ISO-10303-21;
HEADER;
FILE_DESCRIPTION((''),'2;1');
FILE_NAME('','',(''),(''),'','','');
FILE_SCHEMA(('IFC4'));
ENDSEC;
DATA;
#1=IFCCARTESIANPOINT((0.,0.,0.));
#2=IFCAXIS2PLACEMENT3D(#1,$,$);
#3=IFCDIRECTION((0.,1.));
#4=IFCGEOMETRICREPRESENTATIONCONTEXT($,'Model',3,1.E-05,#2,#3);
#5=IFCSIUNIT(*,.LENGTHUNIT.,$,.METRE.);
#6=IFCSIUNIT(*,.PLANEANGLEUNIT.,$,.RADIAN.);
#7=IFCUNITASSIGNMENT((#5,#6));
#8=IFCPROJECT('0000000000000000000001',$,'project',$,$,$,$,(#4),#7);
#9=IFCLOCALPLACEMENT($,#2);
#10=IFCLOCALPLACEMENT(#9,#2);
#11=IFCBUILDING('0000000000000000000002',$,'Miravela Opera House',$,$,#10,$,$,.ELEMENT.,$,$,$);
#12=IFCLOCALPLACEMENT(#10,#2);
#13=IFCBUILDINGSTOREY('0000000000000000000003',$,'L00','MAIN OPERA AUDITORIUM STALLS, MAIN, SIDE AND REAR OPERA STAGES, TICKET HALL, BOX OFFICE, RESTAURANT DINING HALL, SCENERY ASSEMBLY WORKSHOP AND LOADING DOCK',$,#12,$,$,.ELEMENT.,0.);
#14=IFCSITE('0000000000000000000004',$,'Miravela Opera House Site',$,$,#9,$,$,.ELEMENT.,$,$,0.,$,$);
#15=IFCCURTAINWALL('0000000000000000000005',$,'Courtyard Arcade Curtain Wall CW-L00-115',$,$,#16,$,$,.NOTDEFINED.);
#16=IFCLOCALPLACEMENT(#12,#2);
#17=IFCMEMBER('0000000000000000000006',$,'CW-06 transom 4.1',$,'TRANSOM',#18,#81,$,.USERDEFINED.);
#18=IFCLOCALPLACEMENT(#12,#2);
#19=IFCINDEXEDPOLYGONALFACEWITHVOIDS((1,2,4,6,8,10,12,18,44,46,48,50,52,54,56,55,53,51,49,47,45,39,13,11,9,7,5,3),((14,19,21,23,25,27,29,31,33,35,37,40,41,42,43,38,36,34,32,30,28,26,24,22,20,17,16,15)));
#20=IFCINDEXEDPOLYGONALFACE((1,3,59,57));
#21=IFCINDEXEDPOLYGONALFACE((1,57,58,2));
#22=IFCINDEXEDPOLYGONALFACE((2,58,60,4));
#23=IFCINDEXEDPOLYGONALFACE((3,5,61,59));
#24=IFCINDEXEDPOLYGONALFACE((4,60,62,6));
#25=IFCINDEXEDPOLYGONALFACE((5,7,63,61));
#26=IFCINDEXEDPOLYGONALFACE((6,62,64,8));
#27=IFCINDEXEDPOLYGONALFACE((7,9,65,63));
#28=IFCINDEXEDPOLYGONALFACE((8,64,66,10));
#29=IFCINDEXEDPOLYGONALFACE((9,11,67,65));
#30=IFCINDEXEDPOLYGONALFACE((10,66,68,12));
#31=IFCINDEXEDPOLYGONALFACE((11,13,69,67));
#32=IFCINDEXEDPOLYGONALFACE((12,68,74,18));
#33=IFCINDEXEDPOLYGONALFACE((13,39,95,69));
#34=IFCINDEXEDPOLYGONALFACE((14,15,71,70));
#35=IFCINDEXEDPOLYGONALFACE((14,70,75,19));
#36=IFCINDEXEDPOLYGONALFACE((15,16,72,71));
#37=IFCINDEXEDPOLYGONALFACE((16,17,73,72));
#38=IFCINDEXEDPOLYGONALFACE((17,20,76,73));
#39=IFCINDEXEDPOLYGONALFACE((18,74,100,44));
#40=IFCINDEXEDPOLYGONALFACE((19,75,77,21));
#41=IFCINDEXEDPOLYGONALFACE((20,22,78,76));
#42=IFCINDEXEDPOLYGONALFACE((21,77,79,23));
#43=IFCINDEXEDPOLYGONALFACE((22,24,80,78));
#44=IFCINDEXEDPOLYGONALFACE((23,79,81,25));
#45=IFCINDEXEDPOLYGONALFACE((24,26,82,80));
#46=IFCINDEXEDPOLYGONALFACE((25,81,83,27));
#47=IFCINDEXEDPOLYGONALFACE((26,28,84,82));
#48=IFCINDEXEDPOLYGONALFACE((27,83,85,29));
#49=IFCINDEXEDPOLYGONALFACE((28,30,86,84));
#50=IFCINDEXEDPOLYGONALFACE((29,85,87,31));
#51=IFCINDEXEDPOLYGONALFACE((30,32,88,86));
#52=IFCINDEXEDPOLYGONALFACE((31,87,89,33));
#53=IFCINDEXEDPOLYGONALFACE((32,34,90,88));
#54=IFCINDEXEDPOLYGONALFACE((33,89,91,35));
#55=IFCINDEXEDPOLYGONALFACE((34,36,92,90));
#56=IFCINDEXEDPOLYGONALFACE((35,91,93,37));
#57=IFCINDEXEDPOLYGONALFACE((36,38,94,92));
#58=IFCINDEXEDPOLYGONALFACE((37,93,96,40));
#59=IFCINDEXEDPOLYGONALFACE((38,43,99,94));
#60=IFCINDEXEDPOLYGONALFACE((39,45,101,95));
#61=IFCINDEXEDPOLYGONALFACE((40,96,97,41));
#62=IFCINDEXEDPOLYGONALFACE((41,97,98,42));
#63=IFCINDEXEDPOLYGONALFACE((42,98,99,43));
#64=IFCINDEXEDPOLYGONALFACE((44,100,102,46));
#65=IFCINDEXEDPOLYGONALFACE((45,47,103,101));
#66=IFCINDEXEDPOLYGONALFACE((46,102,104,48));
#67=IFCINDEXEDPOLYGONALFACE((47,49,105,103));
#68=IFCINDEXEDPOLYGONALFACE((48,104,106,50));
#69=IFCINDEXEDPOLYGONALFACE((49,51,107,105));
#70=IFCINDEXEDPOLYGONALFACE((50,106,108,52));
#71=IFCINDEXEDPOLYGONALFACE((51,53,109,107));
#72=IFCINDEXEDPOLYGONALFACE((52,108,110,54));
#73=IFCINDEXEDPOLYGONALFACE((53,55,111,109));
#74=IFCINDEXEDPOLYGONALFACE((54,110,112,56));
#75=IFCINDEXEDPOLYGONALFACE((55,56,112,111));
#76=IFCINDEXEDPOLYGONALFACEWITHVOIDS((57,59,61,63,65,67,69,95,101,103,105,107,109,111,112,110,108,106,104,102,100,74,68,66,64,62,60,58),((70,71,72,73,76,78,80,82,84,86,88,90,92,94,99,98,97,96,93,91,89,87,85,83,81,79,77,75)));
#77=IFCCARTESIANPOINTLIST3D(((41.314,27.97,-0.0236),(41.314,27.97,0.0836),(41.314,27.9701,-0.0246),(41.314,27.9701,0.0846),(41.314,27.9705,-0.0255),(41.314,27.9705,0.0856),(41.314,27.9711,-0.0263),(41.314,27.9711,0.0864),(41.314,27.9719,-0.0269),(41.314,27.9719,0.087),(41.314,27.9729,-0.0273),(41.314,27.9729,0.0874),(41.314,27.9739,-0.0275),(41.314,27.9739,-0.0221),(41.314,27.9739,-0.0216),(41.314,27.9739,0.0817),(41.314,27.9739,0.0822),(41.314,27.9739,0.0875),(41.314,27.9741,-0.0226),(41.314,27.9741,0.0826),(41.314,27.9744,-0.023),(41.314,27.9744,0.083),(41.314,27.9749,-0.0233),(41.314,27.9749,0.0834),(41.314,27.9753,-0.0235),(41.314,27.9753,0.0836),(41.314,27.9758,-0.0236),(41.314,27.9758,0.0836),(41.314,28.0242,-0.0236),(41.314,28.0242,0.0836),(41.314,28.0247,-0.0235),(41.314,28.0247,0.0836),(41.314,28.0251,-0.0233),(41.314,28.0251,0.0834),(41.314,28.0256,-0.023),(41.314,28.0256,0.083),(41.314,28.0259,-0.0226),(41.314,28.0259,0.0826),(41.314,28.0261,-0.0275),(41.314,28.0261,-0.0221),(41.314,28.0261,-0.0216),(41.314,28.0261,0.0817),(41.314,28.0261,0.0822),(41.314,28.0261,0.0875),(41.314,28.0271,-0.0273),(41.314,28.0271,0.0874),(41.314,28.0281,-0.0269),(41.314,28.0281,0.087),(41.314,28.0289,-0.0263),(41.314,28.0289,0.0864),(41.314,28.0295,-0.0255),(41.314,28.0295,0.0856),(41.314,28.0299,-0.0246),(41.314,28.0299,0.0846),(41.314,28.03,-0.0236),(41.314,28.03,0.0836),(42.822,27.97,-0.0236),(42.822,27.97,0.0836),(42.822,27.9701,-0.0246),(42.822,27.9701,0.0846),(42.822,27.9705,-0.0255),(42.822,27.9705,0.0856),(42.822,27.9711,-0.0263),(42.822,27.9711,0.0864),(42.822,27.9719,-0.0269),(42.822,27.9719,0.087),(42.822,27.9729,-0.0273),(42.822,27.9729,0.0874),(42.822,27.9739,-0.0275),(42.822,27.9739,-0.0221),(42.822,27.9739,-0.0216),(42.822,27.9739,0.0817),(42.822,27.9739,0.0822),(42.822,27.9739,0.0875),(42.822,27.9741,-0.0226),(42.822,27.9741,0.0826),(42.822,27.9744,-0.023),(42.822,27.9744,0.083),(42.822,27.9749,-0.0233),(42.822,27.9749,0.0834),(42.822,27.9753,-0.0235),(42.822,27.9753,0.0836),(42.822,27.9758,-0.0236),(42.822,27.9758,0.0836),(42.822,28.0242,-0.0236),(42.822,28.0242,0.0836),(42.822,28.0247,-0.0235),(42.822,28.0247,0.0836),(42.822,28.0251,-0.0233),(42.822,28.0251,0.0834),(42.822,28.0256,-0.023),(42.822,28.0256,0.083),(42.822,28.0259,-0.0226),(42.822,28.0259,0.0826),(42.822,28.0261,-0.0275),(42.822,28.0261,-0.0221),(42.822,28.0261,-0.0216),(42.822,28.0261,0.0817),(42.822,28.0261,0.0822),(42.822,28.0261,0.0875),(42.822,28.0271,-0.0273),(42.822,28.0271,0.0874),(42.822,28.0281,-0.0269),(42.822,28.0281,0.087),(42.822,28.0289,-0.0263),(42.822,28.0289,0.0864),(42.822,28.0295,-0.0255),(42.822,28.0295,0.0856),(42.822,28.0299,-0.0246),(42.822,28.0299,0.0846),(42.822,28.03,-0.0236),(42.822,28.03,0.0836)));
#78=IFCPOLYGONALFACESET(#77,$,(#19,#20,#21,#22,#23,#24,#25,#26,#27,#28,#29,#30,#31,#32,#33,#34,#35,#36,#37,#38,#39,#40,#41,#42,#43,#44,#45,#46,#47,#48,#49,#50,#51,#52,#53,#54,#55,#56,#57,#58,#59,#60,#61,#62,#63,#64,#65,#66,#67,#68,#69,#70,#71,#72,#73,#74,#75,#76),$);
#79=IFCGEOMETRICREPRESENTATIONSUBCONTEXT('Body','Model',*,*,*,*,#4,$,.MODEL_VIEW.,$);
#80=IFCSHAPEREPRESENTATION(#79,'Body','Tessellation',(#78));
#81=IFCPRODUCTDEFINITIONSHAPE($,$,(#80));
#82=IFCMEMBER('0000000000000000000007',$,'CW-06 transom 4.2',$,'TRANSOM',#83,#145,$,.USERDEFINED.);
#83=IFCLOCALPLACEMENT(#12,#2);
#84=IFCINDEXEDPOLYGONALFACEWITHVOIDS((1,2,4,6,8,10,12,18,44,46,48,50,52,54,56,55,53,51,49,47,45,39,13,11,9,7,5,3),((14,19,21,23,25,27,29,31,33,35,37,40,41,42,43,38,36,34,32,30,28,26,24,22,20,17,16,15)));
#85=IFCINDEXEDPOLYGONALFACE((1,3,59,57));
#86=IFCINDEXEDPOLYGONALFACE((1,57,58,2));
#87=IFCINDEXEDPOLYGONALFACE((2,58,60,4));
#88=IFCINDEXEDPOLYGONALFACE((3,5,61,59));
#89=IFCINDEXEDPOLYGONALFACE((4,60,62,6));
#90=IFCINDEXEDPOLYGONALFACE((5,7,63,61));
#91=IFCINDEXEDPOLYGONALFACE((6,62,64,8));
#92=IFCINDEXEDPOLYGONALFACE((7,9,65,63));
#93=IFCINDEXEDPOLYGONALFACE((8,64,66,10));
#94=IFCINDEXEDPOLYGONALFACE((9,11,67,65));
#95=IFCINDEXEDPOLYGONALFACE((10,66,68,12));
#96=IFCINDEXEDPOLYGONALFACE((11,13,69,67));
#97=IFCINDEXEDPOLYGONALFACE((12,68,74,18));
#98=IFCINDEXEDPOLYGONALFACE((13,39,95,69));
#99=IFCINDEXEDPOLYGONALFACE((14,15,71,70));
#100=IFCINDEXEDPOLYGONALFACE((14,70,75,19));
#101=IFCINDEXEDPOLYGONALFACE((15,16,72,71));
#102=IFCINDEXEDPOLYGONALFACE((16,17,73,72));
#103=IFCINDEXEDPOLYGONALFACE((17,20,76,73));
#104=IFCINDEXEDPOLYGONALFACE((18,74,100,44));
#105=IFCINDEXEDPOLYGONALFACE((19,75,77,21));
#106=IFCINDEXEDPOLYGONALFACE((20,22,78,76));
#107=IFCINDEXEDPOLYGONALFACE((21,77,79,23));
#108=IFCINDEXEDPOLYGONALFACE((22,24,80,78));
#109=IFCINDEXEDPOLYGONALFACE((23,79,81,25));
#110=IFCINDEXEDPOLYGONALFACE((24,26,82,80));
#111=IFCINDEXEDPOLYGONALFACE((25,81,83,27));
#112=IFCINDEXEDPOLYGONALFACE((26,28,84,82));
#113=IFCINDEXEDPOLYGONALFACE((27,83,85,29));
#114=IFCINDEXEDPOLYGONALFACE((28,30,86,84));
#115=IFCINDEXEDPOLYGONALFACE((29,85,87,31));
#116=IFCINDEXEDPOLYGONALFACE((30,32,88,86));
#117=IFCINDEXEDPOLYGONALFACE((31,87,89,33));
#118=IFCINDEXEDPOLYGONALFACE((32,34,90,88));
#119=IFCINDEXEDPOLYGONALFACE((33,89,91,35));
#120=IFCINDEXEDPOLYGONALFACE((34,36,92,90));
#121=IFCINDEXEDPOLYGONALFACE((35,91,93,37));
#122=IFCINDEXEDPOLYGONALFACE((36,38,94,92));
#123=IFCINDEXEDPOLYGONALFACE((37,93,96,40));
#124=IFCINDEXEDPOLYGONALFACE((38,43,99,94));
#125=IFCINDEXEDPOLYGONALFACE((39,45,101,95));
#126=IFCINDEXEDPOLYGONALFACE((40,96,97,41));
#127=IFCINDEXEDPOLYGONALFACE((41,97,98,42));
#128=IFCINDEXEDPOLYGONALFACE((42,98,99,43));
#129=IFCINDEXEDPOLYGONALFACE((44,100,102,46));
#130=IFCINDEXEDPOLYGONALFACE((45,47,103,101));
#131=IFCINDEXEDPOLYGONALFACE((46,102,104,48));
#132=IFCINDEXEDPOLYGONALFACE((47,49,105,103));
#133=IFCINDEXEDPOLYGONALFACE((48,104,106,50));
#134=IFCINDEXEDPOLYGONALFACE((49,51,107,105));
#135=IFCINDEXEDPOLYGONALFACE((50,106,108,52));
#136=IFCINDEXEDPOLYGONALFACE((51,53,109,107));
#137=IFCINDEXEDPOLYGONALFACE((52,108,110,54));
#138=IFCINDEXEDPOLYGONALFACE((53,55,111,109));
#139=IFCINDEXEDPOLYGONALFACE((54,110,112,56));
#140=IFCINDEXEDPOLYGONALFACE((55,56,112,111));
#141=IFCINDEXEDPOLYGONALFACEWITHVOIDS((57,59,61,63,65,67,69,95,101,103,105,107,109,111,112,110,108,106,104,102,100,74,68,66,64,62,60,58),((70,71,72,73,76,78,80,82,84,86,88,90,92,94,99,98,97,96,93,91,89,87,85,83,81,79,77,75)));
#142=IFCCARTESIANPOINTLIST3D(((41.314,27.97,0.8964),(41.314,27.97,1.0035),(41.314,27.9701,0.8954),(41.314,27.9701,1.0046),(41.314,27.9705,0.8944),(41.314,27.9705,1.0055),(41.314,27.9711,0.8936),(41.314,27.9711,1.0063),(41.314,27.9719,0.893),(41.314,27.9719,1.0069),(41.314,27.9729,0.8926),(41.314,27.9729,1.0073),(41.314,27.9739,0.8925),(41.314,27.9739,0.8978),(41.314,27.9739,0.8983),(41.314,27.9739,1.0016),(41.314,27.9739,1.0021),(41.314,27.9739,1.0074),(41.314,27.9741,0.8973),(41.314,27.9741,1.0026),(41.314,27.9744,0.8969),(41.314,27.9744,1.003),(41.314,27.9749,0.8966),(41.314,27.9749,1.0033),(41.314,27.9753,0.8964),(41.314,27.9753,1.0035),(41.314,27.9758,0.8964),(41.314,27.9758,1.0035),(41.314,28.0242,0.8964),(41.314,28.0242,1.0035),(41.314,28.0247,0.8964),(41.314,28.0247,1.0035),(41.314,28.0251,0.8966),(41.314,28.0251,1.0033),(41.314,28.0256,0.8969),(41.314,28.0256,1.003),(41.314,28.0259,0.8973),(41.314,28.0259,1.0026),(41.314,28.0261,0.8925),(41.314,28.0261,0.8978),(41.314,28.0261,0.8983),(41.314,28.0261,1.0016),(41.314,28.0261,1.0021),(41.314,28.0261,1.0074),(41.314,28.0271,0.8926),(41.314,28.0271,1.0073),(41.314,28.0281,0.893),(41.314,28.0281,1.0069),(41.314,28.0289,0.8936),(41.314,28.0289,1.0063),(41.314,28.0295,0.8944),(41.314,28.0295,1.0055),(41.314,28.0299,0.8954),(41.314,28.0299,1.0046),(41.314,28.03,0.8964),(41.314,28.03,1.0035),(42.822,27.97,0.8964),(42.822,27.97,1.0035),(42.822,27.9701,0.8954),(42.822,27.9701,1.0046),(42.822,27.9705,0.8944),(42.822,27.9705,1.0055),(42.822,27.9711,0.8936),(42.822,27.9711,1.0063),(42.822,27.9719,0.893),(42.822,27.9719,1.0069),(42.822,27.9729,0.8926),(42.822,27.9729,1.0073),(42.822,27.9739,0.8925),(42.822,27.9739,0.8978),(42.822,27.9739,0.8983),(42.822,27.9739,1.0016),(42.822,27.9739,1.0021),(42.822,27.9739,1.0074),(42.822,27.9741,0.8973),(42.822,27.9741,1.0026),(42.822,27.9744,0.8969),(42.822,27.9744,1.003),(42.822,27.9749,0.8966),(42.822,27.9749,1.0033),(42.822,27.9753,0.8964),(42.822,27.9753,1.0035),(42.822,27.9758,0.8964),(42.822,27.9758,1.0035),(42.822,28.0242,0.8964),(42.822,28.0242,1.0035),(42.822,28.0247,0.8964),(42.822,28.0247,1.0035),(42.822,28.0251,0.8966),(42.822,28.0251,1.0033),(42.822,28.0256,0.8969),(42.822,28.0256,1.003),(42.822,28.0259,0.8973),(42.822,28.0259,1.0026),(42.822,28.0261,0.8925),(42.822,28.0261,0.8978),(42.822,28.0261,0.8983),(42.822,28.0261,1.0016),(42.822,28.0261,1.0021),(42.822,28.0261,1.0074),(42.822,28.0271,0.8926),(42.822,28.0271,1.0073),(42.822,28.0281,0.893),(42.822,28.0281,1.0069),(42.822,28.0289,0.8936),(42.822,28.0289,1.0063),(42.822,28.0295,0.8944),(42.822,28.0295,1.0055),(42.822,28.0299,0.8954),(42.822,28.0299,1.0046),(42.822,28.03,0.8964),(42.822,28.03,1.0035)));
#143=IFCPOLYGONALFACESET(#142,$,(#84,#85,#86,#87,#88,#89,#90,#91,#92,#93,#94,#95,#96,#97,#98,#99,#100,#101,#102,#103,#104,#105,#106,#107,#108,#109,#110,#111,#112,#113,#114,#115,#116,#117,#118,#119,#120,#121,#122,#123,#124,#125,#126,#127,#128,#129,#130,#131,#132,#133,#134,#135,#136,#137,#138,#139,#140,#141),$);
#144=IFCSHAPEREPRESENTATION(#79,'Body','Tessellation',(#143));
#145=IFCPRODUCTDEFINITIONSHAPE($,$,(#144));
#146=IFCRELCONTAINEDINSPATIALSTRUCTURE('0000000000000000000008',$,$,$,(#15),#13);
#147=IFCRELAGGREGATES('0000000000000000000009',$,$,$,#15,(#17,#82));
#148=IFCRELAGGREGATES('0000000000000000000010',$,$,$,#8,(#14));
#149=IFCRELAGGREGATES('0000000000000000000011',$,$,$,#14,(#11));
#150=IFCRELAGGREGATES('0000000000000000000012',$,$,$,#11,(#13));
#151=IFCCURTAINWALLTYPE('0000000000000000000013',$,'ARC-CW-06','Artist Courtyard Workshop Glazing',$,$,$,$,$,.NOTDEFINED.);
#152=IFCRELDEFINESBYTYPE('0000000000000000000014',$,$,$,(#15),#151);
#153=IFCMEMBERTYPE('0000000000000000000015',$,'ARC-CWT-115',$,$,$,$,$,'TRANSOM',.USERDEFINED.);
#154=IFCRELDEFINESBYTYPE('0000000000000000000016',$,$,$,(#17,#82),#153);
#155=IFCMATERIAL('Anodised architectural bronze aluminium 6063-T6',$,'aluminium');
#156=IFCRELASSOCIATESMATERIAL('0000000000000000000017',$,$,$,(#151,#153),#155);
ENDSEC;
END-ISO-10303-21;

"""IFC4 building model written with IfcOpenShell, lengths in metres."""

from ifc_helpers import new_model, si_unit, direction, frame, origin, origin_2d, place, context, subcontext, project, spatial, hollow_rectangle, extrude, material, material_profile, profile_set, type_object, element, aggregate, save


model = new_model("IFC4")

# Units and contexts
model_context = context("Model", 3, precision=1e-05, world=origin(), true_north=direction((0.0, 1.0)))
body_context = subcontext(model_context, "Body", "Model", "MODEL_VIEW")
ifc_project = project(units=[si_unit("LENGTHUNIT", "METRE"), si_unit("PLANEANGLEUNIT", "RADIAN")], contexts=[model_context])

# Site, building, storey
site_placement = place(None, origin())
site = spatial("IfcSite", under=ifc_project, at=site_placement, Name="Miravela Opera House Site", CompositionType="ELEMENT", RefElevation=0.0)
building_placement = place(site_placement, origin())
building = spatial("IfcBuilding", under=site, at=building_placement, Name="Miravela Opera House", CompositionType="ELEMENT")
storey_placement = place(building_placement, origin())
storey = spatial("IfcBuildingStorey", under=building, at=storey_placement, Name="L00", Description="MAIN OPERA AUDITORIUM STALLS, MAIN, SIDE AND REAR OPERA STAGES, TICKET HALL, BOX OFFICE, RESTAURANT DINING HALL, SCENERY ASSEMBLY WORKSHOP AND LOADING DOCK", CompositionType="ELEMENT", Elevation=0.0)

# Curtain wall, members
ifc_material_1 = material(Name="Anodised architectural bronze aluminium 6063-T6", Category="aluminium")
curtain_wall_type = type_object("IfcCurtainWallType", Name="ARC-CW-06", Description="Artist Courtyard Workshop Glazing", PredefinedType="NOTDEFINED", material=ifc_material_1)
curtain_wall_placement = place(storey_placement, origin())
curtain_wall = element("IfcCurtainWall", 1, at=curtain_wall_placement, inside=storey, type_object=curtain_wall_type, Name="Courtyard Arcade Curtain Wall CW-L00-115", PredefinedType="NOTDEFINED")
ifc_material_profile_1 = material_profile(ifc_material_1, hollow_rectangle(XDim=0.0601, YDim=0.115, WallThickness=0.0039, InnerFilletRadius=0.002, OuterFilletRadius=0.0039, at=origin_2d()), Name="CWT-60X115")
ifc_profile_set_1 = profile_set([ifc_material_profile_1])
member_type_1 = type_object("IfcMemberType", Name="ARC-CWT-115", ElementType="TRANSOM", PredefinedType="USERDEFINED", material=ifc_profile_set_1)
member_1_placement = place(storey_placement, frame((41.314, 28.0, 0.03), z_axis=(1.0, 0.0, 0.0), x_axis=(0.0, 1.0, 0.0)))
member_1 = element("IfcMember", 2, at=member_1_placement, type_object=member_type_1, Name="CW-06 transom 4.1", ObjectType="TRANSOM", PredefinedType="USERDEFINED", context=body_context, shape_type="SweptSolid", body=[
    extrude(hollow_rectangle(XDim=0.0601, YDim=0.115, WallThickness=0.0039, InnerFilletRadius=0.002, OuterFilletRadius=0.0039, at=origin_2d()), origin(), (0.0, 0.0, 1.0), 1.5081),
])
member_2_placement = place(storey_placement, frame((41.314, 28.0, 0.95), z_axis=(1.0, 0.0, 0.0), x_axis=(0.0, 1.0, 0.0)))
member_2 = element("IfcMember", 3, at=member_2_placement, type_object=member_type_1, Name="CW-06 transom 4.2", ObjectType="TRANSOM", PredefinedType="USERDEFINED", context=body_context, shape_type="SweptSolid", body=[
    extrude(hollow_rectangle(XDim=0.0601, YDim=0.115, WallThickness=0.0039, InnerFilletRadius=0.002, OuterFilletRadius=0.0039, at=origin_2d()), origin(), (0.0, 0.0, 1.0), 1.5081),
])

aggregate(curtain_wall, [member_1, member_2])

save(model, "model.ifc")
